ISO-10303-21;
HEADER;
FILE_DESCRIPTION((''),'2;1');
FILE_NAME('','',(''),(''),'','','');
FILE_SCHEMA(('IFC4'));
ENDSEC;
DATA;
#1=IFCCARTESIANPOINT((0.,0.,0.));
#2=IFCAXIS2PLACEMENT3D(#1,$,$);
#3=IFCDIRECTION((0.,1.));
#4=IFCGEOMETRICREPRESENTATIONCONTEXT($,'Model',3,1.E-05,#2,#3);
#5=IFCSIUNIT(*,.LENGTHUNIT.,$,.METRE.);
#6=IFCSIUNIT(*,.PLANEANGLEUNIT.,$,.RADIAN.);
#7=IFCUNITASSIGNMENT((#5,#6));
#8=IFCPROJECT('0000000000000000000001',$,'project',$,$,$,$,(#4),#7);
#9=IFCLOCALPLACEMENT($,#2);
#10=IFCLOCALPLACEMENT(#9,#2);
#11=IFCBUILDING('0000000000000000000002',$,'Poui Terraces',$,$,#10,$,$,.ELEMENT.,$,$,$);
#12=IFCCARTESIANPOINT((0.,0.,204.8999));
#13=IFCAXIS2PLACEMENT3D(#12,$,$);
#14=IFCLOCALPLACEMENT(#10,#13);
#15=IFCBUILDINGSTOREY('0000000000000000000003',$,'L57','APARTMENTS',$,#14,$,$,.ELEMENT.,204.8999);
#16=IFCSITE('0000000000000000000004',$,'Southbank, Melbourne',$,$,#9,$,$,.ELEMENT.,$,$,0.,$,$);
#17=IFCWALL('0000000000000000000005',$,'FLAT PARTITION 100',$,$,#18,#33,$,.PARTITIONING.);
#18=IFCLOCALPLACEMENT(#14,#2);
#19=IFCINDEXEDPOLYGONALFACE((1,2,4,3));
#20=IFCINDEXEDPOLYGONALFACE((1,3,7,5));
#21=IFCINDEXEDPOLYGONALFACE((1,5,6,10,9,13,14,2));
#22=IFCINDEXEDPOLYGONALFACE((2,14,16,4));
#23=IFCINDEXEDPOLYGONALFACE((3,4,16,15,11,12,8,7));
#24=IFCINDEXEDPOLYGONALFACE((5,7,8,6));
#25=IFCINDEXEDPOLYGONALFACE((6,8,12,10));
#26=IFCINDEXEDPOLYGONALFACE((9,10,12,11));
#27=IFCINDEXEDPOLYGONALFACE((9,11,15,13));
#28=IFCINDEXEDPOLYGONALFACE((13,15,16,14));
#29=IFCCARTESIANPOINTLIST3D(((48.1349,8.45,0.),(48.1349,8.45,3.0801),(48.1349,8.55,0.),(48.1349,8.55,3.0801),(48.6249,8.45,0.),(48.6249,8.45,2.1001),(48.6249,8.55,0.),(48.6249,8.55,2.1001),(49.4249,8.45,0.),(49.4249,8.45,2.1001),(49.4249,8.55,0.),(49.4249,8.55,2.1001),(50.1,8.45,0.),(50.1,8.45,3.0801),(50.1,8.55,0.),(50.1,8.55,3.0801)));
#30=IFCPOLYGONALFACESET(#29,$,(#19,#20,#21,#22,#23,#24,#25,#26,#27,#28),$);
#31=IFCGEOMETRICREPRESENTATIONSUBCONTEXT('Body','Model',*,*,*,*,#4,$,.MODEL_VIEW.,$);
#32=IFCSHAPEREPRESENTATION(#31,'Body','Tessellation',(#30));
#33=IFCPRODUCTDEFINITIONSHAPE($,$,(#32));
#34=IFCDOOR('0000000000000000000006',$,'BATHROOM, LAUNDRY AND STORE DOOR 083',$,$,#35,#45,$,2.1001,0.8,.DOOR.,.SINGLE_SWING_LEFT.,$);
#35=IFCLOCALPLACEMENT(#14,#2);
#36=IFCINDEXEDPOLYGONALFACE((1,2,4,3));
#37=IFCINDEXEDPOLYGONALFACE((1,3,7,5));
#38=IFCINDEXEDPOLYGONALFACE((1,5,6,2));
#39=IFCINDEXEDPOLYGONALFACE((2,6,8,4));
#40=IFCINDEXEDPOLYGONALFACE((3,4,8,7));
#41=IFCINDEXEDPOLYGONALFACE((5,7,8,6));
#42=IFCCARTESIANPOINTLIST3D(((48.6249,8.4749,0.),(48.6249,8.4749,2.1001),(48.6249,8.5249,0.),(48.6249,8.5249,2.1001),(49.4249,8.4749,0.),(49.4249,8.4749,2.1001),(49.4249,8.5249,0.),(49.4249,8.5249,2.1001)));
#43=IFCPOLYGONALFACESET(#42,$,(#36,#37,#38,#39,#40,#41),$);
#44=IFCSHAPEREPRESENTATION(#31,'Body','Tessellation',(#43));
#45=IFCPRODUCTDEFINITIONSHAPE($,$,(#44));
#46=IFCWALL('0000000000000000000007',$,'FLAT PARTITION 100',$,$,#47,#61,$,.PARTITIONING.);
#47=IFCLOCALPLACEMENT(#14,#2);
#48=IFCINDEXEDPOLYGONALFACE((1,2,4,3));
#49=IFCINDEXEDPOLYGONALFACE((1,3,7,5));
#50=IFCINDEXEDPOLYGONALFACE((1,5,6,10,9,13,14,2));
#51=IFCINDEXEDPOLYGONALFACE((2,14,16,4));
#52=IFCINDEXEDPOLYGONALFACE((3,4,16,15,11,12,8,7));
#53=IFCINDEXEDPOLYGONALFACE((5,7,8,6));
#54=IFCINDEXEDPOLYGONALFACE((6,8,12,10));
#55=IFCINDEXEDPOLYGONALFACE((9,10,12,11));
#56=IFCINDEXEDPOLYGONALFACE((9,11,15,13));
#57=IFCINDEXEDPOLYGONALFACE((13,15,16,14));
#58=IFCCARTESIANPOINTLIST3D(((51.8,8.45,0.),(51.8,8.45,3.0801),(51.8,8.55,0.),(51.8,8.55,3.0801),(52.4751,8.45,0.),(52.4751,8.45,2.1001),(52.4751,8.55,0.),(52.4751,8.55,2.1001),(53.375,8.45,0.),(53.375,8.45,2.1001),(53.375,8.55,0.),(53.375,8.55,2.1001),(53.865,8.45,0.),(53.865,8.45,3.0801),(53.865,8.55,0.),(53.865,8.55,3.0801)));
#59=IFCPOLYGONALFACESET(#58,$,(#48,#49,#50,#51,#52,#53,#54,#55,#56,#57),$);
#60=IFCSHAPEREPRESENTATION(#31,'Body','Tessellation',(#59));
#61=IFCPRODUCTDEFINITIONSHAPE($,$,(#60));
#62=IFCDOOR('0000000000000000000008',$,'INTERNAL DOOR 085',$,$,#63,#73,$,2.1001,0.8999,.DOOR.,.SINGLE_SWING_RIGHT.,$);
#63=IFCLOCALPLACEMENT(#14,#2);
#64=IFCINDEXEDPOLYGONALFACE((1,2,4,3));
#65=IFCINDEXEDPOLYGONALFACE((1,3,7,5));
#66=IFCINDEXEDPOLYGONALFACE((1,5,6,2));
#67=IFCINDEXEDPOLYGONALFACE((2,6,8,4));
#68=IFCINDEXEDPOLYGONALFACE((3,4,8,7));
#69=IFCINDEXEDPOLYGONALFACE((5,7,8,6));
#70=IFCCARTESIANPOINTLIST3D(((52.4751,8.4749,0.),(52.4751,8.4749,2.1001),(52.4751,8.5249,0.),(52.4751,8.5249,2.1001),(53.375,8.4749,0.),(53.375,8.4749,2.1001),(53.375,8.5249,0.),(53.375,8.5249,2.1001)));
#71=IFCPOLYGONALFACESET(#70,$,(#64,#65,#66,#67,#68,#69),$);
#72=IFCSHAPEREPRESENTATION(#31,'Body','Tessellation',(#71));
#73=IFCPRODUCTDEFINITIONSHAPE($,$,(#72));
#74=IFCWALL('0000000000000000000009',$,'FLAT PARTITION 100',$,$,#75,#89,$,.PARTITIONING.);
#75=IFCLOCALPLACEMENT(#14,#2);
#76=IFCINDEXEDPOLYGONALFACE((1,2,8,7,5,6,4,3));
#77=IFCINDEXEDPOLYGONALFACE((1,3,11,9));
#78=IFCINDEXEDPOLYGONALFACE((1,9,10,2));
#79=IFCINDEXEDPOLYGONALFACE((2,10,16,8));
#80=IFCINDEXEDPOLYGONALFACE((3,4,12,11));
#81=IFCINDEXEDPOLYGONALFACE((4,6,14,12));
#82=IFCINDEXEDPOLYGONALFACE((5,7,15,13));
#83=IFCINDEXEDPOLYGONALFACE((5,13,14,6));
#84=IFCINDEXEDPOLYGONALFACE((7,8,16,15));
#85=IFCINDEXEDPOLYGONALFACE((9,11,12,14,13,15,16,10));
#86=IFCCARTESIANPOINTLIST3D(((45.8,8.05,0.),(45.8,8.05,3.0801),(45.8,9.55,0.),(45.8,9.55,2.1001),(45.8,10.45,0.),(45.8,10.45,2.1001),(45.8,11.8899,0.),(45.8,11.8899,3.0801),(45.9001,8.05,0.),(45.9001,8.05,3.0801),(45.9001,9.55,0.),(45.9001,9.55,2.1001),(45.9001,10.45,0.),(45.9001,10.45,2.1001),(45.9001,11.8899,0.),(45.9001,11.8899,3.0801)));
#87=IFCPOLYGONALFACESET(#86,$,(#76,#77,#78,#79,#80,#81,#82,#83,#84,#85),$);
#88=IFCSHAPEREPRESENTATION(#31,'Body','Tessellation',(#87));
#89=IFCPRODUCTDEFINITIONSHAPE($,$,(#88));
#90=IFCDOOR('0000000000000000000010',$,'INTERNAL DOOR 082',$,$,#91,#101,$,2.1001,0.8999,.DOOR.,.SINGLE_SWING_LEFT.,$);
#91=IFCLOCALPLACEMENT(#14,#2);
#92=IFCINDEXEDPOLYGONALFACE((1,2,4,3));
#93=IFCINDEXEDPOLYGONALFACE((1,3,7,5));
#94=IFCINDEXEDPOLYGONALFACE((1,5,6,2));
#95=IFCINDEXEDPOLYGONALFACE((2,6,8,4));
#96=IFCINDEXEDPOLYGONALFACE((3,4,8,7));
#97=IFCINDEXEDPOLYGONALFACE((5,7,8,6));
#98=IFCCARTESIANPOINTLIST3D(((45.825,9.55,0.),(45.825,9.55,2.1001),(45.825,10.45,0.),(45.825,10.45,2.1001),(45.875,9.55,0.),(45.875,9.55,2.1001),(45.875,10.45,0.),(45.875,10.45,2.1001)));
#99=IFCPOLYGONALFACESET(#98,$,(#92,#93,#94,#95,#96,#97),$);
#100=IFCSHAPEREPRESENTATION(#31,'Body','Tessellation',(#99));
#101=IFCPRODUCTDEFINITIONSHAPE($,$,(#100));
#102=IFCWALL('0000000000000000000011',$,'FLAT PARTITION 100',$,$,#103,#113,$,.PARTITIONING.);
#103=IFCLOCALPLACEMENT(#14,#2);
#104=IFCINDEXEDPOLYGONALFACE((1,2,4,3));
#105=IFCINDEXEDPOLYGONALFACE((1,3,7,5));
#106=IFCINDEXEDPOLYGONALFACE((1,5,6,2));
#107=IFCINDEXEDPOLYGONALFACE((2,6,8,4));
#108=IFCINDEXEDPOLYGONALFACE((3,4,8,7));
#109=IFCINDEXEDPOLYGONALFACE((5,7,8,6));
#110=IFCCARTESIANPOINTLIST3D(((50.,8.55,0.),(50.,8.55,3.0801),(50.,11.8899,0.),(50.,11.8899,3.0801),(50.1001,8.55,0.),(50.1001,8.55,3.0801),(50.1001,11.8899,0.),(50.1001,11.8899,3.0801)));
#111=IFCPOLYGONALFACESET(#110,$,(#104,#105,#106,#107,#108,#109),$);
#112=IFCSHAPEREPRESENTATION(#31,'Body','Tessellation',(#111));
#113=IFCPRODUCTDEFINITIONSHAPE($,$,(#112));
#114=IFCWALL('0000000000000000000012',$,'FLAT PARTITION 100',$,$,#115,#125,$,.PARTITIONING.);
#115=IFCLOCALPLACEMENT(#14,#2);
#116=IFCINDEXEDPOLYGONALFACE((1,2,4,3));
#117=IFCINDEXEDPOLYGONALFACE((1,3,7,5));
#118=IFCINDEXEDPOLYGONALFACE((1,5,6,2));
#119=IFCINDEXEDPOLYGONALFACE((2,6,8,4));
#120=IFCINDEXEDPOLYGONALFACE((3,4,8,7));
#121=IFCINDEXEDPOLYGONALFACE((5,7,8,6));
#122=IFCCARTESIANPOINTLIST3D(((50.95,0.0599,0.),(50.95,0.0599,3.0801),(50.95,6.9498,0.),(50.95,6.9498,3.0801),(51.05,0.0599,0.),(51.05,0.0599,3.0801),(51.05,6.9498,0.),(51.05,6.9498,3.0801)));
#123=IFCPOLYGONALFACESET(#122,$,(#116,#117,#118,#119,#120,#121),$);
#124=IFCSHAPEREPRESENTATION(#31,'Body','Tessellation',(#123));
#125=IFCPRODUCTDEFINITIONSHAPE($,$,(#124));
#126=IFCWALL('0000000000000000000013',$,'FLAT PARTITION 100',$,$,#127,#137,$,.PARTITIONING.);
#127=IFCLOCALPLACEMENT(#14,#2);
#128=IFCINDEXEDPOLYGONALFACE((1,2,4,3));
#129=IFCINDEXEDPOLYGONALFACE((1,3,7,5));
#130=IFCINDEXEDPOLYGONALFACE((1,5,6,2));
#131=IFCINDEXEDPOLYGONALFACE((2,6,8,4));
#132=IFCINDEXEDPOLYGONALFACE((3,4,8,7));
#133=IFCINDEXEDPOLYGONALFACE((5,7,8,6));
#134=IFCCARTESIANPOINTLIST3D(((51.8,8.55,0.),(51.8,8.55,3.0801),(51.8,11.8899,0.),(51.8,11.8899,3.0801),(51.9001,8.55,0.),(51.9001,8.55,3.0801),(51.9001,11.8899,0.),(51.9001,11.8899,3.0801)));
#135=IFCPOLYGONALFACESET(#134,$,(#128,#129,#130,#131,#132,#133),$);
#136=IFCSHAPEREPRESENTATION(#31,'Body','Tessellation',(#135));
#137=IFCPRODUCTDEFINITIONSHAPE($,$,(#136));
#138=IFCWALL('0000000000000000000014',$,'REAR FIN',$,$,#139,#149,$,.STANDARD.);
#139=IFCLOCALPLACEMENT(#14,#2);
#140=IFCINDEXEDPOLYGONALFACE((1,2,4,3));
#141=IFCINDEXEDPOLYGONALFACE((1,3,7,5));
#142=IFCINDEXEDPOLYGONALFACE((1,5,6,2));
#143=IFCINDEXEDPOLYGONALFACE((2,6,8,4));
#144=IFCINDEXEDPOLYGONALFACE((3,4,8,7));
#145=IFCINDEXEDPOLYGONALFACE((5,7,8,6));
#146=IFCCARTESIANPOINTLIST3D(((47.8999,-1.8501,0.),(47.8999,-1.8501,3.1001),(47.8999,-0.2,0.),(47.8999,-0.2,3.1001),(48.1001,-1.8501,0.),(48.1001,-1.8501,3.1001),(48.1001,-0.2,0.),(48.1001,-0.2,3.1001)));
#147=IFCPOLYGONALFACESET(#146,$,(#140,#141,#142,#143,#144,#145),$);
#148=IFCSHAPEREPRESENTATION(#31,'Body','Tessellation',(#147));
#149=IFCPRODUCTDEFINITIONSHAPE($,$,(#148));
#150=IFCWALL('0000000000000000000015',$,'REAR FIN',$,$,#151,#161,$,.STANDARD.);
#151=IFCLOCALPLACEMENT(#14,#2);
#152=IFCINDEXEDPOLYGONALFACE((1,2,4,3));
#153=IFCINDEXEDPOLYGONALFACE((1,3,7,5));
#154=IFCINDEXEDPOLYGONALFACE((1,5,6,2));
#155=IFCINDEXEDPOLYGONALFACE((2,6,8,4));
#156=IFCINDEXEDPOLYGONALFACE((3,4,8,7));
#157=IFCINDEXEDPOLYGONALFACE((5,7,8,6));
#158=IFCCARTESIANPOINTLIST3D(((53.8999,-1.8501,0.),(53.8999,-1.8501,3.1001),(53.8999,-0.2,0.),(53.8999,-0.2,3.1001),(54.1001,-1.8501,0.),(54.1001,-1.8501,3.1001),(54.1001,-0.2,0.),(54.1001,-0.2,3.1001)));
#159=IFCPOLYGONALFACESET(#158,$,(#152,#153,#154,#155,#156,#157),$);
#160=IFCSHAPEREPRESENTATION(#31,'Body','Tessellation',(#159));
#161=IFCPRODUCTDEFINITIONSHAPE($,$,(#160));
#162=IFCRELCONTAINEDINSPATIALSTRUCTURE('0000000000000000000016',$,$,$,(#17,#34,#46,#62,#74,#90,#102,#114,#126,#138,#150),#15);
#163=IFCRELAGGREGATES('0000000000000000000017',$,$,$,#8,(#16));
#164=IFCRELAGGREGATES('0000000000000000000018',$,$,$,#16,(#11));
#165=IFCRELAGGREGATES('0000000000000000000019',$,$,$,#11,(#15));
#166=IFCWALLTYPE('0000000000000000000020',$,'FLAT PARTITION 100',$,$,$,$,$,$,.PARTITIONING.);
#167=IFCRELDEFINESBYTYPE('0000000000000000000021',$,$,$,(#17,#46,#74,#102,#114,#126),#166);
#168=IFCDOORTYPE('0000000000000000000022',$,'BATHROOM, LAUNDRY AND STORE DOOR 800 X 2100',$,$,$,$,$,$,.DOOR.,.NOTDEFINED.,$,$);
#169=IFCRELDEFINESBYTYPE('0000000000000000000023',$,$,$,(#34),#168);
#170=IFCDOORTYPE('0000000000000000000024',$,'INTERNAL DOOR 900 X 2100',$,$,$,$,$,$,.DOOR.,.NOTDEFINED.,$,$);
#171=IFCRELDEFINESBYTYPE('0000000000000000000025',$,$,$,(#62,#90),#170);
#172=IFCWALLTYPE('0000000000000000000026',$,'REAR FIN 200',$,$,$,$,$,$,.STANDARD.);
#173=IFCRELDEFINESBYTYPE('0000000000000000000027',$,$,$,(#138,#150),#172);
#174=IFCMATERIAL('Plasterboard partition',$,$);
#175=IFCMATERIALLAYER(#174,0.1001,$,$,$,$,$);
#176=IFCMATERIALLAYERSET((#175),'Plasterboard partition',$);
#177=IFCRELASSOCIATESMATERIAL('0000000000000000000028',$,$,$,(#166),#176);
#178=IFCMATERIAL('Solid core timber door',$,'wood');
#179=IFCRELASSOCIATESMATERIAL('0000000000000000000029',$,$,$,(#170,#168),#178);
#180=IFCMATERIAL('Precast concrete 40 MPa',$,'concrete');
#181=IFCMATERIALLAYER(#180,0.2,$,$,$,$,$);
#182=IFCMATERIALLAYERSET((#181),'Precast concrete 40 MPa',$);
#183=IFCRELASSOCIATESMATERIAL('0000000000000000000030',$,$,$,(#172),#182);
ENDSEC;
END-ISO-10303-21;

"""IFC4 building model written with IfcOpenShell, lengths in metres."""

from ifc_helpers import new_model, si_unit, direction, frame, frame_2d, origin, place, context, subcontext, project, spatial, polyline, rectangle, outline, extrude, source, transform, mapped, material, layer, layer_set, type_object, element, fill, save


model = new_model("IFC4")

# Units and contexts
model_context = context("Model", 3, precision=1e-05, world=origin(), true_north=direction((0.0, 1.0)))
body_context = subcontext(model_context, "Body", "Model", "MODEL_VIEW")
ifc_project = project(units=[si_unit("LENGTHUNIT", "METRE"), si_unit("PLANEANGLEUNIT", "RADIAN")], contexts=[model_context])

# Site, building, storey
site_placement = place(None, origin())
site = spatial("IfcSite", under=ifc_project, at=site_placement, Name="Southbank, Melbourne", CompositionType="ELEMENT", RefElevation=0.0)
building_placement = place(site_placement, origin())
building = spatial("IfcBuilding", under=site, at=building_placement, Name="Poui Terraces", CompositionType="ELEMENT")
storey_placement = place(building_placement, frame((0.0, 0.0, 204.8999)))
storey = spatial("IfcBuildingStorey", under=building, at=storey_placement, Name="L57", Description="APARTMENTS", CompositionType="ELEMENT", Elevation=204.8999)

# Shared definitions
ifc_material_1 = material(Name="Precast concrete 40 MPa", Category="concrete")

# Shared definitions
ifc_material_2 = material(Name="Plasterboard partition")
ifc_layer_1 = layer(ifc_material_2, 0.1001)
ifc_layer_set_1 = layer_set([ifc_layer_1], Name="Plasterboard partition")
wall_type_1 = type_object("IfcWallType", Name="FLAT PARTITION 100", PredefinedType="PARTITIONING", material=ifc_layer_set_1)
ifc_material_3 = material(Name="Solid core timber door", Category="wood")
door_type_1 = type_object("IfcDoorType", Name="INTERNAL DOOR 900 X 2100", OperationType="NOTDEFINED", PredefinedType="DOOR", material=ifc_material_3)

# Walls, openings, doors
wall_1_placement = place(storey_placement, frame((48.135, 8.5, 0.0), z_axis=(0.0, 0.0, 1.0), x_axis=(1.0, 0.0, 0.0)))
wall_1 = element("IfcWall", 1, at=wall_1_placement, inside=storey, type_object=wall_type_1, Name="FLAT PARTITION 100", PredefinedType="PARTITIONING", context=body_context, shape_type="SweptSolid", body=[
    extrude(rectangle(XDim=1.9651, YDim=0.1001, at=frame_2d((0.9824, 0.0))), origin(), (0.0, 0.0, 1.0), 3.0801),
])
opening_1_placement = place(wall_1_placement, frame((0.49, 0.0, 0.0)))
opening_1 = element("IfcOpeningElement", 2, at=opening_1_placement, cuts=wall_1, PredefinedType="OPENING", context=body_context, shape_type="SweptSolid", body=[
    extrude(rectangle(XDim=0.8, YDim=2.1001, at=frame_2d((0.3999, 1.05))), frame((0.0, 0.0601, 0.0), z_axis=(0.0, -1.0, 0.0), x_axis=(1.0, 0.0, 0.0)), (0.0, 0.0, 1.0), 0.1201),
])
door_type_2 = type_object("IfcDoorType", Name="BATHROOM, LAUNDRY AND STORE DOOR 800 X 2100", OperationType="NOTDEFINED", PredefinedType="DOOR", material=ifc_material_3)
door_1_placement = place(opening_1_placement, origin())
door_1 = element("IfcDoor", 3, at=door_1_placement, inside=storey, type_object=door_type_2, Name="BATHROOM, LAUNDRY AND STORE DOOR 083", OperationType="SINGLE_SWING_LEFT", OverallHeight=2.1001, OverallWidth=0.8, PredefinedType="DOOR", context=body_context, shape_type="SweptSolid", body=[
    extrude(rectangle(XDim=0.8, YDim=2.1001, at=frame_2d((0.3999, 1.05))), frame((0.0, 0.0249, 0.0), z_axis=(0.0, -1.0, 0.0), x_axis=(1.0, 0.0, 0.0)), (0.0, 0.0, 1.0), 0.05),
])
fill(opening_1, door_1)
wall_2_placement = place(storey_placement, frame((51.8, 8.5, 0.0), z_axis=(0.0, 0.0, 1.0), x_axis=(1.0, 0.0, 0.0)))
wall_2 = element("IfcWall", 4, at=wall_2_placement, inside=storey, type_object=wall_type_1, Name="FLAT PARTITION 100", PredefinedType="PARTITIONING", context=body_context, shape_type="SweptSolid", body=[
    extrude(rectangle(XDim=2.0649, YDim=0.1001, at=frame_2d((1.0325, 0.0))), origin(), (0.0, 0.0, 1.0), 3.0801),
])
opening_2_placement = place(wall_2_placement, frame((0.675, 0.0, 0.0)))
opening_2 = element("IfcOpeningElement", 5, at=opening_2_placement, cuts=wall_2, PredefinedType="OPENING", context=body_context, shape_type="SweptSolid", body=[
    extrude(rectangle(XDim=0.8999, YDim=2.1001, at=frame_2d((0.45, 1.05))), frame((0.0, 0.0601, 0.0), z_axis=(0.0, -1.0, 0.0), x_axis=(1.0, 0.0, 0.0)), (0.0, 0.0, 1.0), 0.1201),
])
door_2_placement = place(opening_2_placement, origin())
door_2 = element("IfcDoor", 6, at=door_2_placement, inside=storey, type_object=door_type_1, Name="INTERNAL DOOR 085", OperationType="SINGLE_SWING_RIGHT", OverallHeight=2.1001, OverallWidth=0.8999, PredefinedType="DOOR", context=body_context, shape_type="SweptSolid", body=[
    extrude(rectangle(XDim=0.8999, YDim=2.1001, at=frame_2d((0.45, 1.05))), frame((0.0, 0.0249, 0.0), z_axis=(0.0, -1.0, 0.0), x_axis=(1.0, 0.0, 0.0)), (0.0, 0.0, 1.0), 0.05),
])
fill(opening_2, door_2)
wall_3_placement = place(storey_placement, frame((45.8501, 8.05, 0.0), z_axis=(0.0, 0.0, 1.0), x_axis=(0.0, 1.0, 0.0)))
wall_3 = element("IfcWall", 7, at=wall_3_placement, inside=storey, type_object=wall_type_1, Name="FLAT PARTITION 100", PredefinedType="PARTITIONING", context=body_context, shape_type="SweptSolid", body=[
    extrude(rectangle(XDim=3.8398, YDim=0.1001, at=frame_2d((1.9199, 0.0))), origin(), (0.0, 0.0, 1.0), 3.0801),
])
opening_3_placement = place(wall_3_placement, frame((1.5, 0.0, 0.0)))
opening_3 = element("IfcOpeningElement", 8, at=opening_3_placement, cuts=wall_3, PredefinedType="OPENING", context=body_context, shape_type="SweptSolid", body=[
    extrude(rectangle(XDim=0.8999, YDim=2.1001, at=frame_2d((0.45, 1.05))), frame((0.0, 0.0601, 0.0), z_axis=(0.0, -1.0, 0.0), x_axis=(1.0, 0.0, 0.0)), (0.0, 0.0, 1.0), 0.1201),
])
door_3_placement = place(opening_3_placement, frame((0.8999, 0.0, 0.0), z_axis=(0.0, 0.0, 1.0), x_axis=(-1.0, 0.0, 0.0)))
door_3 = element("IfcDoor", 9, at=door_3_placement, inside=storey, type_object=door_type_1, Name="INTERNAL DOOR 082", OperationType="SINGLE_SWING_LEFT", OverallHeight=2.1001, OverallWidth=0.8999, PredefinedType="DOOR", context=body_context, shape_type="SweptSolid", body=[
    extrude(rectangle(XDim=0.8999, YDim=2.1001, at=frame_2d((0.45, 1.05))), frame((0.0, 0.0249, 0.0), z_axis=(0.0, -1.0, 0.0), x_axis=(1.0, 0.0, 0.0)), (0.0, 0.0, 1.0), 0.05),
])
fill(opening_3, door_3)

# Walls
wall_4_placement = place(storey_placement, frame((50.05, 8.55, 0.0), z_axis=(0.0, 0.0, 1.0), x_axis=(0.0, 1.0, 0.0)))
element("IfcWall", 10, at=wall_4_placement, inside=storey, type_object=wall_type_1, Name="FLAT PARTITION 100", PredefinedType="PARTITIONING", context=body_context, shape_type="SweptSolid", body=[
    extrude(rectangle(XDim=3.3398, YDim=0.1001, at=frame_2d((1.6699, 0.0))), origin(), (0.0, 0.0, 1.0), 3.0801),
])
wall_5_placement = place(storey_placement, frame((51.0, 0.0601, 0.0), z_axis=(0.0, 0.0, 1.0), x_axis=(0.0, 1.0, 0.0)))
element("IfcWall", 11, at=wall_5_placement, inside=storey, type_object=wall_type_1, Name="FLAT PARTITION 100", PredefinedType="PARTITIONING", context=body_context, shape_type="SweptSolid", body=[
    extrude(rectangle(XDim=6.8899, YDim=0.1001, at=frame_2d((3.4448, 0.0))), origin(), (0.0, 0.0, 1.0), 3.0801),
])
wall_6_placement = place(storey_placement, frame((51.8501, 8.55, 0.0), z_axis=(0.0, 0.0, 1.0), x_axis=(0.0, 1.0, 0.0)))
element("IfcWall", 12, at=wall_6_placement, inside=storey, type_object=wall_type_1, Name="FLAT PARTITION 100", PredefinedType="PARTITIONING", context=body_context, shape_type="SweptSolid", body=[
    extrude(rectangle(XDim=3.3398, YDim=0.1001, at=frame_2d((1.6699, 0.0))), origin(), (0.0, 0.0, 1.0), 3.0801),
])
ifc_layer_2 = layer(ifc_material_1, 0.2)
ifc_layer_set_2 = layer_set([ifc_layer_2], Name="Precast concrete 40 MPa")
wall_type_2 = type_object("IfcWallType", Name="REAR FIN 200", PredefinedType="STANDARD", material=ifc_layer_set_2)
shared_shape_1 = source(origin(), body_context, "Body", "SweptSolid", [
    extrude(outline(polyline([(0.0, 0.0), (0.2002, 0.0), (0.2002, 1.6501), (0.0, 1.6501), (0.0, 0.0)])), origin(), (0.0, 0.0, 1.0), 3.1001),
])
for number, where, name in (
    (13, (47.8999, -1.8501, 0.0), "REAR FIN"),
    (14, (53.8999, -1.8501, 0.0), "REAR FIN"),
):
    element("IfcWall", number, at=place(storey_placement, frame(where)), inside=storey, type_object=wall_type_2, Name=name, PredefinedType="STANDARD", context=body_context, shape_type="MappedRepresentation", body=[
        mapped(shared_shape_1, transform((0.0, 0.0, 0.0))),
    ])

save(model, "model.ifc")
